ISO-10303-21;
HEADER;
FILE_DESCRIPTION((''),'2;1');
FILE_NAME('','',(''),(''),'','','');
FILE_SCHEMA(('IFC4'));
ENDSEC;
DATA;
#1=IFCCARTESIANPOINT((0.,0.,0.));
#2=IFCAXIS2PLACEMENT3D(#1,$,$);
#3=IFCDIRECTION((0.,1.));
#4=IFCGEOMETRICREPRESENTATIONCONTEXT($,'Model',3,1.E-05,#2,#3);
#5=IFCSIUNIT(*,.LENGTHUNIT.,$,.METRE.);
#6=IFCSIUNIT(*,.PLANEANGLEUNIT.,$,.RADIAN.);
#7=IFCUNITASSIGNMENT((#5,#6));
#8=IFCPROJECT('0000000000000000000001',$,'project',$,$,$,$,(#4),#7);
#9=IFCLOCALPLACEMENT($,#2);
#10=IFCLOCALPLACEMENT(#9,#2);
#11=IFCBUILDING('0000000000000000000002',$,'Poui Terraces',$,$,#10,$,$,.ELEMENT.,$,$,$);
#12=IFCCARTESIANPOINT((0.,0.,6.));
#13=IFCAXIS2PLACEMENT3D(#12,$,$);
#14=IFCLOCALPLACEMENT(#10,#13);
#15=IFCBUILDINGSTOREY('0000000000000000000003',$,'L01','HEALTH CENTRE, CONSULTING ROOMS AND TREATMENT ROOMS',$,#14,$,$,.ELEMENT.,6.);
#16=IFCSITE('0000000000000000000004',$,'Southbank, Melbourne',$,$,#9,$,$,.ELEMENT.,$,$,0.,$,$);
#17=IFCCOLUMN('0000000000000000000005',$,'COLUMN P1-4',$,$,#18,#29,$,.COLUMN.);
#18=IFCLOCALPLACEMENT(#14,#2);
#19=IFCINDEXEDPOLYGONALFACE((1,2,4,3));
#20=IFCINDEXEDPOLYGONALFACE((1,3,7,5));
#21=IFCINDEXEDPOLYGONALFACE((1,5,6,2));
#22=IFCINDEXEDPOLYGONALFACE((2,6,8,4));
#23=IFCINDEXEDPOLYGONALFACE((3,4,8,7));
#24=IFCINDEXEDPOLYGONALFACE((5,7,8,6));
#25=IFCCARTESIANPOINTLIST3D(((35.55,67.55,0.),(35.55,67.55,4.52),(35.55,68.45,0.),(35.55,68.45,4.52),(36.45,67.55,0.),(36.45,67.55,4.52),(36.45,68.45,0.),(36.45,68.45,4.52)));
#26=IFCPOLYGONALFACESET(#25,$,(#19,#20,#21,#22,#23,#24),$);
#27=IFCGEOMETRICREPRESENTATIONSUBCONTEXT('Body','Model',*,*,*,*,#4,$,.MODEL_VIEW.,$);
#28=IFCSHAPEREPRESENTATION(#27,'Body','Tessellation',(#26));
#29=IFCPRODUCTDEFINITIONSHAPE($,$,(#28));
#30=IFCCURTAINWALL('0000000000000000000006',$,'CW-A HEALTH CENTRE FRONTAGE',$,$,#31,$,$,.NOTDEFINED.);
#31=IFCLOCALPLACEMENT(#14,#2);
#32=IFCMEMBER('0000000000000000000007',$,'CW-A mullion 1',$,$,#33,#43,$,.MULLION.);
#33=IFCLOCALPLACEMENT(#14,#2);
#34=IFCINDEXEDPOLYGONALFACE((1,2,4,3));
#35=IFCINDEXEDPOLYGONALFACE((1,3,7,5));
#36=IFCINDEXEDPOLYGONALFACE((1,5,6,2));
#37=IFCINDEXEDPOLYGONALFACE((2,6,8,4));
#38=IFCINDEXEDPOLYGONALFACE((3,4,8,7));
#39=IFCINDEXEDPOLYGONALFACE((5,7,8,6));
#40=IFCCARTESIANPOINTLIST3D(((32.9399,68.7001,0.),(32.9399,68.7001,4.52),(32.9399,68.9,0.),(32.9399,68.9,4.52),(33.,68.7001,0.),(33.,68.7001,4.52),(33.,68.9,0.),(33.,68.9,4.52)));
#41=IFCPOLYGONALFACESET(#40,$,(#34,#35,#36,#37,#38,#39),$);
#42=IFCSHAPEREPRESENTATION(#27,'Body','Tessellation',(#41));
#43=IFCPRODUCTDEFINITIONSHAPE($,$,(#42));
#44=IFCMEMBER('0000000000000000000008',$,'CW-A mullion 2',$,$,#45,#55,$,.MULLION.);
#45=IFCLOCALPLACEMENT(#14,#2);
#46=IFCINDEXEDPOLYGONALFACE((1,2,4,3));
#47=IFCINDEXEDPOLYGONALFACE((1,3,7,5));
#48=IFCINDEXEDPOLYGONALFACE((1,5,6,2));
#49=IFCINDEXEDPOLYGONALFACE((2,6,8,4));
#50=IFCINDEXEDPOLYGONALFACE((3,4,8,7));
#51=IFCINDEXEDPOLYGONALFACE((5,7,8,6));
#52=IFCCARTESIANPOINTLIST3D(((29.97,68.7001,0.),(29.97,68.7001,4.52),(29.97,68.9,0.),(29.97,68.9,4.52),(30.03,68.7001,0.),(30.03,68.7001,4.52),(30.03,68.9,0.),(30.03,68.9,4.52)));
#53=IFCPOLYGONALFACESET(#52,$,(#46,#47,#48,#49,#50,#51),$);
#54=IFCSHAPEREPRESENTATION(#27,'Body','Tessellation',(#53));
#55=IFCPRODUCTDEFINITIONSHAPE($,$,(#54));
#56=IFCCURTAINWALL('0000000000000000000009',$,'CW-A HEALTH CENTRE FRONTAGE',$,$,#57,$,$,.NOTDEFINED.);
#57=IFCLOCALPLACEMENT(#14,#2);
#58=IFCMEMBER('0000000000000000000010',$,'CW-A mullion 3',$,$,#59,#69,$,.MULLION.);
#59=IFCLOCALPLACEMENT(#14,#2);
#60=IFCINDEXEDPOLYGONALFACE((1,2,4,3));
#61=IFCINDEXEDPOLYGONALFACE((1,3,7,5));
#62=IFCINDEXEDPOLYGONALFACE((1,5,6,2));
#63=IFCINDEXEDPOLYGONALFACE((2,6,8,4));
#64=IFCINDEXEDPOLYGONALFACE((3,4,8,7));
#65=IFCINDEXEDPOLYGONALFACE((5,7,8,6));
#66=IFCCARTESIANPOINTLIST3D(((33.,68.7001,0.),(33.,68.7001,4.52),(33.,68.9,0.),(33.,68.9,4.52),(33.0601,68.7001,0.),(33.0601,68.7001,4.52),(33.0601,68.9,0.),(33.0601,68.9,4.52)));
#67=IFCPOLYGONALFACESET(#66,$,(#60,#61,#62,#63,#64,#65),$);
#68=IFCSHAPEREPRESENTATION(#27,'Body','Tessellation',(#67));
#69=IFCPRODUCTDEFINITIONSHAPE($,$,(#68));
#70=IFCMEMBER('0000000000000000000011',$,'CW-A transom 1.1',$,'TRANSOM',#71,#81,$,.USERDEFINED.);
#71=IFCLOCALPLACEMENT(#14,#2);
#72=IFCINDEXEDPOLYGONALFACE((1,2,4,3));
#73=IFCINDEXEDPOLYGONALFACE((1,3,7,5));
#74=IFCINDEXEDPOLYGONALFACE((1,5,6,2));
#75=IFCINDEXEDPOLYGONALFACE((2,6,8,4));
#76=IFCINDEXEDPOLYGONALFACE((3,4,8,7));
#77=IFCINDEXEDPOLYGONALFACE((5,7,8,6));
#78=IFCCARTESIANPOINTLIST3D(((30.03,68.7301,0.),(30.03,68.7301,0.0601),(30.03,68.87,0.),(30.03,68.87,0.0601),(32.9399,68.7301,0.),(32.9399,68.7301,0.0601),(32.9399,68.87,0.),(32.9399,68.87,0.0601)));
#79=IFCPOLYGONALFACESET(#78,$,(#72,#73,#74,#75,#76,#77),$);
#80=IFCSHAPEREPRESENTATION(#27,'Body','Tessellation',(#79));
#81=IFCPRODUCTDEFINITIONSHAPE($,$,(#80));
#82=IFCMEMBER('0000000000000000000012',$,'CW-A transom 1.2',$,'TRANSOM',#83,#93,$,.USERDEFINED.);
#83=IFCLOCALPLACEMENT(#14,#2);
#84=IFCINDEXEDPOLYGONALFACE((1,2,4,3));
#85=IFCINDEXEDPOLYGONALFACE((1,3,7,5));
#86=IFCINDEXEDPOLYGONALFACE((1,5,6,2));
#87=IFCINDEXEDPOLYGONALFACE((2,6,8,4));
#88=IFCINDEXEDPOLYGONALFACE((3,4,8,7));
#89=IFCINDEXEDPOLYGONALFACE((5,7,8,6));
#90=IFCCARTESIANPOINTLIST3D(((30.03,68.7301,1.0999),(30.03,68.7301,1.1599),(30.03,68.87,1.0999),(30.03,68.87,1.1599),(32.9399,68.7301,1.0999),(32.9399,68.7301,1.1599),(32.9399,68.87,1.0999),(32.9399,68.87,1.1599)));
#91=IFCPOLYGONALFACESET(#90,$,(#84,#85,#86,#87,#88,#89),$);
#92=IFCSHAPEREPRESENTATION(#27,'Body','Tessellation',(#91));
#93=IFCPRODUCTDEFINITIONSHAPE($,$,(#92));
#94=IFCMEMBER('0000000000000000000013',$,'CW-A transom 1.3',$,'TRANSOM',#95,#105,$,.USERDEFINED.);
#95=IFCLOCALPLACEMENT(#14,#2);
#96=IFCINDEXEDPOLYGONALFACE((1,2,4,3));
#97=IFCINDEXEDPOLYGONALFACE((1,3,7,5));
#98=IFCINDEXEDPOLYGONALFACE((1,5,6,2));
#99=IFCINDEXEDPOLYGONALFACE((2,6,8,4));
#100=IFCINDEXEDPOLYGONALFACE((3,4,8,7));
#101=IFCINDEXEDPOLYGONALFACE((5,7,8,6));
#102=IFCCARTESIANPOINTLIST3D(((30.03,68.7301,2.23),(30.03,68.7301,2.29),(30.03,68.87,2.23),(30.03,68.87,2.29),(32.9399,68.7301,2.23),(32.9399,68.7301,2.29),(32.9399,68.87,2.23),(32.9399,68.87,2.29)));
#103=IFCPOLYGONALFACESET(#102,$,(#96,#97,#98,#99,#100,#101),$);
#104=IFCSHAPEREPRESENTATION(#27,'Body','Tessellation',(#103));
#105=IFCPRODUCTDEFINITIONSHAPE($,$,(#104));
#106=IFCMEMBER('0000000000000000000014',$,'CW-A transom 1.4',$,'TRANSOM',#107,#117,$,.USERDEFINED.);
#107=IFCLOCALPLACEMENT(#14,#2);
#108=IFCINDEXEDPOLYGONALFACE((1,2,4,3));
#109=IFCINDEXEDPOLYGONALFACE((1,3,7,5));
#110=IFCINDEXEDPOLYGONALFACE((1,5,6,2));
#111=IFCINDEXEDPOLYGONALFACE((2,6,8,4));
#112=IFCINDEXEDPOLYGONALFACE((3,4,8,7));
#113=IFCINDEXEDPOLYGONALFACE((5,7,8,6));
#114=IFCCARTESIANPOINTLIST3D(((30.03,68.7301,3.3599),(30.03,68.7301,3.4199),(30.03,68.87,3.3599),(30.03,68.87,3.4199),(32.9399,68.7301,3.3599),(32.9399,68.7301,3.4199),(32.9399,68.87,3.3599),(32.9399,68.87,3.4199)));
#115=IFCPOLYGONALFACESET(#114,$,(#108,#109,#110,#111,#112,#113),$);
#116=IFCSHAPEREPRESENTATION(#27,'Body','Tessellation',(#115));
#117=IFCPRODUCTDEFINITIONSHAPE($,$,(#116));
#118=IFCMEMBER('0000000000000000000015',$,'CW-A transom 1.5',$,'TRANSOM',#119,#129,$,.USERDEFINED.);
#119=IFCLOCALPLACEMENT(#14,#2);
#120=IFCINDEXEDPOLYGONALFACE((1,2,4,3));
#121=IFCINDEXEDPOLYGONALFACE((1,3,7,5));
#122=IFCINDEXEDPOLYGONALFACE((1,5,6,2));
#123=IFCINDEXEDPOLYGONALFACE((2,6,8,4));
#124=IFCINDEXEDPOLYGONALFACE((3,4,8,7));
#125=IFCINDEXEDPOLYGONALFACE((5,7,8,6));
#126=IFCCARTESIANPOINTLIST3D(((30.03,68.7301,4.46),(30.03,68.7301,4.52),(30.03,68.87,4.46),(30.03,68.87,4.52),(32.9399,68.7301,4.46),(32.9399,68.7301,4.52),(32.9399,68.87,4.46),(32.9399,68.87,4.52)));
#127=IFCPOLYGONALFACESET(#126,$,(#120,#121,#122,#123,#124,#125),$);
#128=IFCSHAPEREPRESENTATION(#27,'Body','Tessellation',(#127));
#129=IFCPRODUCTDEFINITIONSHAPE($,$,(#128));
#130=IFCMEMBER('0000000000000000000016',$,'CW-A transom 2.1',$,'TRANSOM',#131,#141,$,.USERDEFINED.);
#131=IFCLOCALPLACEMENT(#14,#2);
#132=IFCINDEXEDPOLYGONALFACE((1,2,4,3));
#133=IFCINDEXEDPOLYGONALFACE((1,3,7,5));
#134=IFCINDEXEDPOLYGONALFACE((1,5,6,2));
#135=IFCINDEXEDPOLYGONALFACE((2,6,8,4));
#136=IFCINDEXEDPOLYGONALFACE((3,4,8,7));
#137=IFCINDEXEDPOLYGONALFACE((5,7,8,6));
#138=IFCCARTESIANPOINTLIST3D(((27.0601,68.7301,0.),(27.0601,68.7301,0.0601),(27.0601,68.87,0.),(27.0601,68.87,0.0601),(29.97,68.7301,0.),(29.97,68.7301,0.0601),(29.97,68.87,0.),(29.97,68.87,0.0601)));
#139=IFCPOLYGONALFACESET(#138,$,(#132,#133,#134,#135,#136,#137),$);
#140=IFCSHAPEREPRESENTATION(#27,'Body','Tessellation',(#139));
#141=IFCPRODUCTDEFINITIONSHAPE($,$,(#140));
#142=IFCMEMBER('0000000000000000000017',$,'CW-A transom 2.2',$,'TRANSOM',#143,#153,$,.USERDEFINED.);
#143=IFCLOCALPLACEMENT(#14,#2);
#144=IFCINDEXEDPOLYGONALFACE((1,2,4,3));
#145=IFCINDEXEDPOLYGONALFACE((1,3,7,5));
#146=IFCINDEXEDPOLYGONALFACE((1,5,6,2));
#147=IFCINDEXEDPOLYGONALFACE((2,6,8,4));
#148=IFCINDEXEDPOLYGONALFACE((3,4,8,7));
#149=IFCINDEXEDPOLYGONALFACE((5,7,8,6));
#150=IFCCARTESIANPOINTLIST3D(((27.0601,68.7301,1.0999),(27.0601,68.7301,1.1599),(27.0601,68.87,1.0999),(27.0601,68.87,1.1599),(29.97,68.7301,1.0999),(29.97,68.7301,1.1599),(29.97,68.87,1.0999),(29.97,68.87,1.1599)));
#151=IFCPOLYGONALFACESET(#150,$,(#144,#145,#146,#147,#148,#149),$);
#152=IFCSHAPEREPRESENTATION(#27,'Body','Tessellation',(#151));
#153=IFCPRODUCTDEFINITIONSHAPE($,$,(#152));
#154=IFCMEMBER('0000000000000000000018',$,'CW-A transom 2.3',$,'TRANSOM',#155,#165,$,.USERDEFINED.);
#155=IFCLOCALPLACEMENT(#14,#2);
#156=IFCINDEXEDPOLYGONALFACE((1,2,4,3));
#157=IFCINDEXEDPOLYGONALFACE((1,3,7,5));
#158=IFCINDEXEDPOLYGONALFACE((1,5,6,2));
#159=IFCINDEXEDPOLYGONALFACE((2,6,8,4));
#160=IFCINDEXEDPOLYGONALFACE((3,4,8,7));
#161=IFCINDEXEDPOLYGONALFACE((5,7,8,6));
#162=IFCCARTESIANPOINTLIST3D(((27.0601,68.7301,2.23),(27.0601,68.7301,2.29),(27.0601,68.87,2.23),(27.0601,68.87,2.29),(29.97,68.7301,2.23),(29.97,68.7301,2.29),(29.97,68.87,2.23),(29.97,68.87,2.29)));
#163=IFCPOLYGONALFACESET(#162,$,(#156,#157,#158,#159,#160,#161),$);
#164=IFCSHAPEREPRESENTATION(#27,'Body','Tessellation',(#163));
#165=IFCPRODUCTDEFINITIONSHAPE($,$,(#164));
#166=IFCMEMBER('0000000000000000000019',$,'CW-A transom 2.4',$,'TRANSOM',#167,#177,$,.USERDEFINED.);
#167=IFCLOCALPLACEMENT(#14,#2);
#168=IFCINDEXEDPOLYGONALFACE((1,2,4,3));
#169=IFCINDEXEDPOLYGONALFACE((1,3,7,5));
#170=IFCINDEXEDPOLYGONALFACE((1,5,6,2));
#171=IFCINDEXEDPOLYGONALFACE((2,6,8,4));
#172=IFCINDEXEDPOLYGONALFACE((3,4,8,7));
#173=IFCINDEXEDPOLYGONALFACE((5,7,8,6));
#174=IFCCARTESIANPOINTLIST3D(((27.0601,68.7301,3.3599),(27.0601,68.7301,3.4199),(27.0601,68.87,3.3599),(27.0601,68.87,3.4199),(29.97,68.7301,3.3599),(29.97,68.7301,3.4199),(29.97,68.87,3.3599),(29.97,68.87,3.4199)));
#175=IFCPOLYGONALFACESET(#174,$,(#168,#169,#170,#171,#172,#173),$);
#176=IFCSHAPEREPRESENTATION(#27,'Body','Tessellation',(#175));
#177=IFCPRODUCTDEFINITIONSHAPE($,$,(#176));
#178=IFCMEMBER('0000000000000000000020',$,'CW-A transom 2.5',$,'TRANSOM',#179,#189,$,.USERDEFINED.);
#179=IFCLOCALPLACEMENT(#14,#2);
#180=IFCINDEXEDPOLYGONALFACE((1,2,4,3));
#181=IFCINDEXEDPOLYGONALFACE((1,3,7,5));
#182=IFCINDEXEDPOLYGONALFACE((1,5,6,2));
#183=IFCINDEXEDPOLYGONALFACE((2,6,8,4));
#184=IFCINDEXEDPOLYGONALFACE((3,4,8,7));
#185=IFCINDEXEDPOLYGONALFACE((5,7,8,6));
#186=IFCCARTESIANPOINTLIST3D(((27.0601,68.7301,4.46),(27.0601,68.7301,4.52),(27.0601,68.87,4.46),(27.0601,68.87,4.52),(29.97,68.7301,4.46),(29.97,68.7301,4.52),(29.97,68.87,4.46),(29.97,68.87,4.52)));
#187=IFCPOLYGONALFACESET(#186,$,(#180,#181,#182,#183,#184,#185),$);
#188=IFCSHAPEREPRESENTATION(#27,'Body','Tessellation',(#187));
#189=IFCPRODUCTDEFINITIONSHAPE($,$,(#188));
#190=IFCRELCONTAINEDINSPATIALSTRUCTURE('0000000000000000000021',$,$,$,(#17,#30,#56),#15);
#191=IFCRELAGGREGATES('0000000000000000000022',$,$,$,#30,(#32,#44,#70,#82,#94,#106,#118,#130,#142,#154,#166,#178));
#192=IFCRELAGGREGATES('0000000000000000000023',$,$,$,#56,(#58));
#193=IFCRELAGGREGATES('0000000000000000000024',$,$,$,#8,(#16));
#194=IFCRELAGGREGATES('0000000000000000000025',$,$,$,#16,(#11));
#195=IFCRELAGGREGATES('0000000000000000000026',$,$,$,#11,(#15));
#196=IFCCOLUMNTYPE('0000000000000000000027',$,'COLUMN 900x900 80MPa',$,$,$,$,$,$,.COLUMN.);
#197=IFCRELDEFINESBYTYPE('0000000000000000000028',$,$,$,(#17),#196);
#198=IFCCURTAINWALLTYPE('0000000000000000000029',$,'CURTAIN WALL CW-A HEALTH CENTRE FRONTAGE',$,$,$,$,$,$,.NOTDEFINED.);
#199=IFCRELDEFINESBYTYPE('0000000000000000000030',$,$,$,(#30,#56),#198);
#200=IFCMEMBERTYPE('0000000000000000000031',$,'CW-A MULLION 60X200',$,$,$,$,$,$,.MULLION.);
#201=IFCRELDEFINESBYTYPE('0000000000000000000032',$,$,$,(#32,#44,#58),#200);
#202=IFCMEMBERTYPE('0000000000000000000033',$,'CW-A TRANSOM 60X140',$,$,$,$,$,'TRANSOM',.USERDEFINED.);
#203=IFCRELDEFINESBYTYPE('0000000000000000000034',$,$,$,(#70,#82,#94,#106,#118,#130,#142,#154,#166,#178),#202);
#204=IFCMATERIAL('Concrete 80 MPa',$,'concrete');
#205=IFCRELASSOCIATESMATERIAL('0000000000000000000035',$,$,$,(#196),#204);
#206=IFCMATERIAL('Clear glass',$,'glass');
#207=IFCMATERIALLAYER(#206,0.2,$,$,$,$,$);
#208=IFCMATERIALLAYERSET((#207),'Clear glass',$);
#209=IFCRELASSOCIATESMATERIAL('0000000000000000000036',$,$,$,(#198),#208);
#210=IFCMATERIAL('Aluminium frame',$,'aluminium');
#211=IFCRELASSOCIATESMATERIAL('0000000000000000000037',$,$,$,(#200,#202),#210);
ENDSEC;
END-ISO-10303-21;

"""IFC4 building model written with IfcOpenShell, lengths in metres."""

from ifc_helpers import new_model, si_unit, direction, frame, origin, origin_2d, place, context, subcontext, project, spatial, rectangle, extrude, source, transform, mapped, material, layer, layer_set, material_profile, profile_set, type_object, element, aggregate, save


model = new_model("IFC4")

# Units and contexts
model_context = context("Model", 3, precision=1e-05, world=origin(), true_north=direction((0.0, 1.0)))
body_context = subcontext(model_context, "Body", "Model", "MODEL_VIEW")
ifc_project = project(units=[si_unit("LENGTHUNIT", "METRE"), si_unit("PLANEANGLEUNIT", "RADIAN")], contexts=[model_context])

# Site, building, storey
site_placement = place(None, origin())
site = spatial("IfcSite", under=ifc_project, at=site_placement, Name="Southbank, Melbourne", CompositionType="ELEMENT", RefElevation=0.0)
building_placement = place(site_placement, origin())
building = spatial("IfcBuilding", under=site, at=building_placement, Name="Poui Terraces", CompositionType="ELEMENT")
storey_placement = place(building_placement, frame((0.0, 0.0, 6.0)))
storey = spatial("IfcBuildingStorey", under=building, at=storey_placement, Name="L01", Description="HEALTH CENTRE, CONSULTING ROOMS AND TREATMENT ROOMS", CompositionType="ELEMENT", Elevation=6.0)

# Column
ifc_material_1 = material(Name="Concrete 80 MPa", Category="concrete")
ifc_material_profile_1 = material_profile(ifc_material_1, rectangle(XDim=0.8999, YDim=0.8999, at=origin_2d()), Name="RC 900x900")
ifc_profile_set_1 = profile_set([ifc_material_profile_1], Name="Concrete 80 MPa")
column_type = type_object("IfcColumnType", Name="COLUMN 900x900 80MPa", PredefinedType="COLUMN", material=ifc_profile_set_1)
shared_shape_1 = source(origin(), body_context, "Body", "SweptSolid", [
    extrude(rectangle(XDim=0.8999, YDim=0.8999, at=origin_2d()), origin(), (0.0, 0.0, 1.0), 4.52),
])
column_placement = place(storey_placement, frame((36.0, 68.0, 0.0), z_axis=(0.0, 0.0, 1.0), x_axis=(1.0, 0.0, 0.0)))
element("IfcColumn", 1, at=column_placement, inside=storey, type_object=column_type, Name="COLUMN P1-4", PredefinedType="COLUMN", context=body_context, shape_type="MappedRepresentation", body=[
    mapped(shared_shape_1, transform((0.0, 0.0, 0.0))),
])

# Curtain wall, members
ifc_material_2 = material(Name="Clear glass", Category="glass")
ifc_layer_1 = layer(ifc_material_2, 0.2)
ifc_layer_set_1 = layer_set([ifc_layer_1], Name="Clear glass")
curtain_wall_type = type_object("IfcCurtainWallType", Name="CURTAIN WALL CW-A HEALTH CENTRE FRONTAGE", PredefinedType="NOTDEFINED", material=ifc_layer_set_1)
curtain_wall_1_placement = place(storey_placement, origin())
curtain_wall_1 = element("IfcCurtainWall", 2, at=curtain_wall_1_placement, inside=storey, type_object=curtain_wall_type, Name="CW-A HEALTH CENTRE FRONTAGE", PredefinedType="NOTDEFINED")
ifc_material_3 = material(Name="Aluminium frame", Category="aluminium")
ifc_material_profile_2 = material_profile(ifc_material_3, rectangle(XDim=0.2, YDim=0.0601, at=origin_2d()), Name="CW-A MULLION 60X200")
ifc_profile_set_2 = profile_set([ifc_material_profile_2], Name="Aluminium frame")
member_type_1 = type_object("IfcMemberType", Name="CW-A MULLION 60X200", PredefinedType="MULLION", material=ifc_profile_set_2)
member_1_placement = place(storey_placement, frame((32.97, 68.8, 0.0), z_axis=(0.0, 0.0, 1.0), x_axis=(0.0, -1.0, 0.0)))
member_1 = element("IfcMember", 3, at=member_1_placement, type_object=member_type_1, Name="CW-A mullion 1", PredefinedType="MULLION", context=body_context, shape_type="SweptSolid", body=[
    extrude(rectangle(XDim=0.2, YDim=0.0601, at=origin_2d()), origin(), (0.0, 0.0, 1.0), 4.52),
])
member_2_placement = place(storey_placement, frame((30.0, 68.8, 0.0), z_axis=(0.0, 0.0, 1.0), x_axis=(0.0, -1.0, 0.0)))
member_2 = element("IfcMember", 4, at=member_2_placement, type_object=member_type_1, Name="CW-A mullion 2", PredefinedType="MULLION", context=body_context, shape_type="SweptSolid", body=[
    extrude(rectangle(XDim=0.2, YDim=0.0601, at=origin_2d()), origin(), (0.0, 0.0, 1.0), 4.52),
])

# Curtain wall, member
curtain_wall_2_placement = place(storey_placement, origin())
curtain_wall_2 = element("IfcCurtainWall", 5, at=curtain_wall_2_placement, inside=storey, type_object=curtain_wall_type, Name="CW-A HEALTH CENTRE FRONTAGE", PredefinedType="NOTDEFINED")
member_3_placement = place(storey_placement, frame((33.03, 68.8, 0.0), z_axis=(0.0, 0.0, 1.0), x_axis=(0.0, -1.0, 0.0)))
member_3 = element("IfcMember", 6, at=member_3_placement, type_object=member_type_1, Name="CW-A mullion 3", PredefinedType="MULLION", context=body_context, shape_type="SweptSolid", body=[
    extrude(rectangle(XDim=0.2, YDim=0.0601, at=origin_2d()), origin(), (0.0, 0.0, 1.0), 4.52),
])

# Members
ifc_material_profile_3 = material_profile(ifc_material_3, rectangle(XDim=0.1399, YDim=0.0601, at=origin_2d()), Name="CW-A TRANSOM 60X140")
ifc_profile_set_3 = profile_set([ifc_material_profile_3], Name="Aluminium frame")
member_type_2 = type_object("IfcMemberType", Name="CW-A TRANSOM 60X140", ElementType="TRANSOM", PredefinedType="USERDEFINED", material=ifc_profile_set_3)
member_4_placement = place(storey_placement, frame((32.9399, 68.8, 0.03), z_axis=(-1.0, 0.0, 0.0), x_axis=(0.0, -1.0, 0.0)))
member_4 = element("IfcMember", 7, at=member_4_placement, type_object=member_type_2, Name="CW-A transom 1.1", ObjectType="TRANSOM", PredefinedType="USERDEFINED", context=body_context, shape_type="SweptSolid", body=[
    extrude(rectangle(XDim=0.1399, YDim=0.0601, at=origin_2d()), origin(), (0.0, 0.0, 1.0), 2.9099),
])
member_5_placement = place(storey_placement, frame((32.9399, 68.8, 1.1299), z_axis=(-1.0, 0.0, 0.0), x_axis=(0.0, -1.0, 0.0)))
member_5 = element("IfcMember", 8, at=member_5_placement, type_object=member_type_2, Name="CW-A transom 1.2", ObjectType="TRANSOM", PredefinedType="USERDEFINED", context=body_context, shape_type="SweptSolid", body=[
    extrude(rectangle(XDim=0.1399, YDim=0.0601, at=origin_2d()), origin(), (0.0, 0.0, 1.0), 2.9099),
])
member_6_placement = place(storey_placement, frame((32.9399, 68.8, 2.26), z_axis=(-1.0, 0.0, 0.0), x_axis=(0.0, -1.0, 0.0)))
member_6 = element("IfcMember", 9, at=member_6_placement, type_object=member_type_2, Name="CW-A transom 1.3", ObjectType="TRANSOM", PredefinedType="USERDEFINED", context=body_context, shape_type="SweptSolid", body=[
    extrude(rectangle(XDim=0.1399, YDim=0.0601, at=origin_2d()), origin(), (0.0, 0.0, 1.0), 2.9099),
])
member_7_placement = place(storey_placement, frame((32.9399, 68.8, 3.3899), z_axis=(-1.0, 0.0, 0.0), x_axis=(0.0, -1.0, 0.0)))
member_7 = element("IfcMember", 10, at=member_7_placement, type_object=member_type_2, Name="CW-A transom 1.4", ObjectType="TRANSOM", PredefinedType="USERDEFINED", context=body_context, shape_type="SweptSolid", body=[
    extrude(rectangle(XDim=0.1399, YDim=0.0601, at=origin_2d()), origin(), (0.0, 0.0, 1.0), 2.9099),
])
member_8_placement = place(storey_placement, frame((32.9399, 68.8, 4.49), z_axis=(-1.0, 0.0, 0.0), x_axis=(0.0, -1.0, 0.0)))
member_8 = element("IfcMember", 11, at=member_8_placement, type_object=member_type_2, Name="CW-A transom 1.5", ObjectType="TRANSOM", PredefinedType="USERDEFINED", context=body_context, shape_type="SweptSolid", body=[
    extrude(rectangle(XDim=0.1399, YDim=0.0601, at=origin_2d()), origin(), (0.0, 0.0, 1.0), 2.9099),
])
member_9_placement = place(storey_placement, frame((29.97, 68.8, 0.03), z_axis=(-1.0, 0.0, 0.0), x_axis=(0.0, -1.0, 0.0)))
member_9 = element("IfcMember", 12, at=member_9_placement, type_object=member_type_2, Name="CW-A transom 2.1", ObjectType="TRANSOM", PredefinedType="USERDEFINED", context=body_context, shape_type="SweptSolid", body=[
    extrude(rectangle(XDim=0.1399, YDim=0.0601, at=origin_2d()), origin(), (0.0, 0.0, 1.0), 2.9099),
])
member_10_placement = place(storey_placement, frame((29.97, 68.8, 1.1299), z_axis=(-1.0, 0.0, 0.0), x_axis=(0.0, -1.0, 0.0)))
member_10 = element("IfcMember", 13, at=member_10_placement, type_object=member_type_2, Name="CW-A transom 2.2", ObjectType="TRANSOM", PredefinedType="USERDEFINED", context=body_context, shape_type="SweptSolid", body=[
    extrude(rectangle(XDim=0.1399, YDim=0.0601, at=origin_2d()), origin(), (0.0, 0.0, 1.0), 2.9099),
])
member_11_placement = place(storey_placement, frame((29.97, 68.8, 2.26), z_axis=(-1.0, 0.0, 0.0), x_axis=(0.0, -1.0, 0.0)))
member_11 = element("IfcMember", 14, at=member_11_placement, type_object=member_type_2, Name="CW-A transom 2.3", ObjectType="TRANSOM", PredefinedType="USERDEFINED", context=body_context, shape_type="SweptSolid", body=[
    extrude(rectangle(XDim=0.1399, YDim=0.0601, at=origin_2d()), origin(), (0.0, 0.0, 1.0), 2.9099),
])
member_12_placement = place(storey_placement, frame((29.97, 68.8, 3.3899), z_axis=(-1.0, 0.0, 0.0), x_axis=(0.0, -1.0, 0.0)))
member_12 = element("IfcMember", 15, at=member_12_placement, type_object=member_type_2, Name="CW-A transom 2.4", ObjectType="TRANSOM", PredefinedType="USERDEFINED", context=body_context, shape_type="SweptSolid", body=[
    extrude(rectangle(XDim=0.1399, YDim=0.0601, at=origin_2d()), origin(), (0.0, 0.0, 1.0), 2.9099),
])
member_13_placement = place(storey_placement, frame((29.97, 68.8, 4.49), z_axis=(-1.0, 0.0, 0.0), x_axis=(0.0, -1.0, 0.0)))
member_13 = element("IfcMember", 16, at=member_13_placement, type_object=member_type_2, Name="CW-A transom 2.5", ObjectType="TRANSOM", PredefinedType="USERDEFINED", context=body_context, shape_type="SweptSolid", body=[
    extrude(rectangle(XDim=0.1399, YDim=0.0601, at=origin_2d()), origin(), (0.0, 0.0, 1.0), 2.9099),
])

aggregate(curtain_wall_1, [member_1, member_2, member_4, member_5, member_6, member_7, member_8, member_9, member_10, member_11, member_12, member_13])
aggregate(curtain_wall_2, [member_3])

save(model, "model.ifc")
